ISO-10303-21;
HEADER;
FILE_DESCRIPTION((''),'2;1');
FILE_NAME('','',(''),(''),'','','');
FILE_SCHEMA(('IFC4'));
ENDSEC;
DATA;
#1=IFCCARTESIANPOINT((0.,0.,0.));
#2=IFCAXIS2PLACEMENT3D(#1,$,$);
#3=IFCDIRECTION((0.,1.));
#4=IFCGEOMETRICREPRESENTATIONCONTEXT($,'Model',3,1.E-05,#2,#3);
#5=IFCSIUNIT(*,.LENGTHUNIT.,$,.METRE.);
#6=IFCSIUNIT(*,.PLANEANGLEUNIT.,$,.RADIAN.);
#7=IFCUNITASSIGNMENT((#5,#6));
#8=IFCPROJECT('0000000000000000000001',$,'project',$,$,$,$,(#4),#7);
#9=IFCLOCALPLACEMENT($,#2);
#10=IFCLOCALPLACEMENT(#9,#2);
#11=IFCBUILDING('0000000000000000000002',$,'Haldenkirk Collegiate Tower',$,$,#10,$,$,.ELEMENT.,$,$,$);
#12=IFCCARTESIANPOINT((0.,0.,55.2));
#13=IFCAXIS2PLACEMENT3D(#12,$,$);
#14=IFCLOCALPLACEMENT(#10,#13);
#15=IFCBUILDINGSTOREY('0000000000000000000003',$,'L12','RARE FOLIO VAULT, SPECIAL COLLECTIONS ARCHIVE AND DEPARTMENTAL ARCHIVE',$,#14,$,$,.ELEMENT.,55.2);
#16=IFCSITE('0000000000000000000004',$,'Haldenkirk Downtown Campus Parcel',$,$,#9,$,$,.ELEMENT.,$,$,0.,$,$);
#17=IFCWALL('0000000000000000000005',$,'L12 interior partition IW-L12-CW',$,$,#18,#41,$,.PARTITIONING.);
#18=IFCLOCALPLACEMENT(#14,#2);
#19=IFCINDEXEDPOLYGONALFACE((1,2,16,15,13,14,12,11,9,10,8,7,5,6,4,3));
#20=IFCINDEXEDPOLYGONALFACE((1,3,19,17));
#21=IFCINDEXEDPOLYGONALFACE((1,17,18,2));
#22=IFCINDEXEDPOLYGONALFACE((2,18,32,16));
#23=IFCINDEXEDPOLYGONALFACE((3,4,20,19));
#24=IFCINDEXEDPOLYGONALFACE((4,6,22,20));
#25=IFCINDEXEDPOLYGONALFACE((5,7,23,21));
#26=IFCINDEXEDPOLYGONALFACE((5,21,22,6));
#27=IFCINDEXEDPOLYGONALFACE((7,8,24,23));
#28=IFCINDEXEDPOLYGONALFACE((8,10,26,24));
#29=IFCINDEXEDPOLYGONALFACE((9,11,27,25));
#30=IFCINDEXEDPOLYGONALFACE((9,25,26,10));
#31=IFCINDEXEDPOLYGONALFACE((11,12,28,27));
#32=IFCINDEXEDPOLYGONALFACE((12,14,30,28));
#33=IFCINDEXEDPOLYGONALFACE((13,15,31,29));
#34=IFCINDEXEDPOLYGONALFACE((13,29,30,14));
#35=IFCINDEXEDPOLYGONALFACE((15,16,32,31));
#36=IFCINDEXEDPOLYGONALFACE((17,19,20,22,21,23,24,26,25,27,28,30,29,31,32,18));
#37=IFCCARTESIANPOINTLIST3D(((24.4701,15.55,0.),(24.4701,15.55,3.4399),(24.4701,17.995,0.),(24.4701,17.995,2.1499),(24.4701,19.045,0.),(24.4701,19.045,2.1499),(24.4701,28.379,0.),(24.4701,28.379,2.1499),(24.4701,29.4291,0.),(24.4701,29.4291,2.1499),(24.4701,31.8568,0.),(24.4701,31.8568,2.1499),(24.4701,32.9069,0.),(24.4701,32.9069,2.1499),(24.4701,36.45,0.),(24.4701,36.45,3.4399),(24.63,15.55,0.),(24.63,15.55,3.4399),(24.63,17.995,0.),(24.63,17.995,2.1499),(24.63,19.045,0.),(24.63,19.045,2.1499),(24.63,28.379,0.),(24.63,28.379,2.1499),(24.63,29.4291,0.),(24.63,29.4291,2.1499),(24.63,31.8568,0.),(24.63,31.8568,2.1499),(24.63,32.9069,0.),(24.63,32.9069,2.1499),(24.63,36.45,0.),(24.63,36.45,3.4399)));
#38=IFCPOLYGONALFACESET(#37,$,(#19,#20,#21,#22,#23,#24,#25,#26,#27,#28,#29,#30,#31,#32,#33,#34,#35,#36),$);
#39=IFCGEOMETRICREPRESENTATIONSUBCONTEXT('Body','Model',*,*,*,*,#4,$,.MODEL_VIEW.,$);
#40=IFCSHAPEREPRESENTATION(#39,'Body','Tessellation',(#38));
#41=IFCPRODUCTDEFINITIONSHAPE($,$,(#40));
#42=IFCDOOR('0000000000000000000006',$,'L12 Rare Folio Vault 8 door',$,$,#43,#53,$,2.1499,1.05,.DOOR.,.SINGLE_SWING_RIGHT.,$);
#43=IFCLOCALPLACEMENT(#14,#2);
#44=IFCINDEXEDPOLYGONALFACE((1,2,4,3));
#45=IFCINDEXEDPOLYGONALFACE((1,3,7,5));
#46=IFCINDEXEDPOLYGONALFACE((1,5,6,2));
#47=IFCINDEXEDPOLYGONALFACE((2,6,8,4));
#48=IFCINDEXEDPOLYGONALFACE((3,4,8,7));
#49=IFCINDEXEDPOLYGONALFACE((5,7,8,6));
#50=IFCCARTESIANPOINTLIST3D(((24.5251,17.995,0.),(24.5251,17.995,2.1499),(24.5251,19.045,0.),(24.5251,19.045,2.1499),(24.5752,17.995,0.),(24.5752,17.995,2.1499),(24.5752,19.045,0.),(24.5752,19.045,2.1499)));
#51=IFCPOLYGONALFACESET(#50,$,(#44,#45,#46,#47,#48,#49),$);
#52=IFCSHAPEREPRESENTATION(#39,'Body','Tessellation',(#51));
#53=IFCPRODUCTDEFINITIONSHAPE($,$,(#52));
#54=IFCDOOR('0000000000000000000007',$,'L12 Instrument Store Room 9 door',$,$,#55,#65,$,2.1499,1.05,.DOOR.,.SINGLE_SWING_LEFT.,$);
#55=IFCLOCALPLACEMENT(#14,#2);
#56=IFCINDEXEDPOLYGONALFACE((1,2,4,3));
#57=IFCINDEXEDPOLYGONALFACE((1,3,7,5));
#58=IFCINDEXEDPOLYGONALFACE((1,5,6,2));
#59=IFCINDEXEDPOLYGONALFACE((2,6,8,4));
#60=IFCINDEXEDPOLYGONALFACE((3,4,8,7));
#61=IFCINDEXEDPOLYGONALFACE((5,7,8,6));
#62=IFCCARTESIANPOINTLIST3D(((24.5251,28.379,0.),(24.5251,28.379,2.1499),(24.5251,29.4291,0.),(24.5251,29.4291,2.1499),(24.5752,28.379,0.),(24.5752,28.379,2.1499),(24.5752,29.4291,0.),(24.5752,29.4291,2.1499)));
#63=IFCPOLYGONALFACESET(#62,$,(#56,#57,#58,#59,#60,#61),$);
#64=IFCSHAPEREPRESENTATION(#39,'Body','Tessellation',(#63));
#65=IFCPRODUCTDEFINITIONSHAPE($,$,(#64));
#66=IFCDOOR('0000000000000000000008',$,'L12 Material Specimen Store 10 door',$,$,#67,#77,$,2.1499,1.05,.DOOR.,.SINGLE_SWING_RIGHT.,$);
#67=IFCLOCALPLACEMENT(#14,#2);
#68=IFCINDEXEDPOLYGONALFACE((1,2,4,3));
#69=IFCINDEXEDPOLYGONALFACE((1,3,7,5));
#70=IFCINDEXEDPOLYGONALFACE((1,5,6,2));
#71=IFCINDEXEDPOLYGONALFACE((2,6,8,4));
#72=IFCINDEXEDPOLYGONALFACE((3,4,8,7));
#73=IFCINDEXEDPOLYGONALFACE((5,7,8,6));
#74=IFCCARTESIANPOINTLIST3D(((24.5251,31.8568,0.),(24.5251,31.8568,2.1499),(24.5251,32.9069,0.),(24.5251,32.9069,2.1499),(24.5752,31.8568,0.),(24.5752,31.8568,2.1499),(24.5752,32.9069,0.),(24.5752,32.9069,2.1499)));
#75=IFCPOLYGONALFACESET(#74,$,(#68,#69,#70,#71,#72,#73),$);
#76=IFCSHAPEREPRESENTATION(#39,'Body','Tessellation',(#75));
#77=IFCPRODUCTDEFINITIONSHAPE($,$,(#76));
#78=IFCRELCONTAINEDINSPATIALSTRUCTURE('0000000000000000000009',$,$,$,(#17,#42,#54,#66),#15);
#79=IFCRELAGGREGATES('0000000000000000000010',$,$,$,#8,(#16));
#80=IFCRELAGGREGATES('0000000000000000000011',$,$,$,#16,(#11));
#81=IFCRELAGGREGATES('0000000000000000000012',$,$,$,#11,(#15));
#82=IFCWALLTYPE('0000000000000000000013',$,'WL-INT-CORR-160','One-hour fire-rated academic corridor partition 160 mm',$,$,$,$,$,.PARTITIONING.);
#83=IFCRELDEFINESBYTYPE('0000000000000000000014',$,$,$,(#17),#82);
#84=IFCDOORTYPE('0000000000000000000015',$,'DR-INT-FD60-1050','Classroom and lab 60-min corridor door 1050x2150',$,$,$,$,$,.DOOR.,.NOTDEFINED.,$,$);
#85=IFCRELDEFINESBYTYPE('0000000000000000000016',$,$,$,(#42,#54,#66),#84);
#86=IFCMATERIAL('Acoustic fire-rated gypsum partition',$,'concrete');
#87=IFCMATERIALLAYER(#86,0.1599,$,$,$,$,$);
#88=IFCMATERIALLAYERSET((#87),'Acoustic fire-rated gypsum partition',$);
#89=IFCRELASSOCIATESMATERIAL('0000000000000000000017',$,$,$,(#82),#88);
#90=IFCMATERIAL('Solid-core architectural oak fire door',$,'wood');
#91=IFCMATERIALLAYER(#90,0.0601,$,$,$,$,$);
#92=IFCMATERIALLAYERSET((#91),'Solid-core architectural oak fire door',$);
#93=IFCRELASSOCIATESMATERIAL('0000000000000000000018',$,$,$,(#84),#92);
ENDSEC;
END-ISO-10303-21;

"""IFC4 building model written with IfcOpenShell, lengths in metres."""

from ifc_helpers import new_model, si_unit, direction, frame, frame_2d, origin, place, context, subcontext, project, spatial, rectangle, extrude, material, layer, layer_set, type_object, element, fill, save


model = new_model("IFC4")

# Units and contexts
model_context = context("Model", 3, precision=1e-05, world=origin(), true_north=direction((0.0, 1.0)))
body_context = subcontext(model_context, "Body", "Model", "MODEL_VIEW")
ifc_project = project(units=[si_unit("LENGTHUNIT", "METRE"), si_unit("PLANEANGLEUNIT", "RADIAN")], contexts=[model_context])

# Site, building, storey
site_placement = place(None, origin())
site = spatial("IfcSite", under=ifc_project, at=site_placement, Name="Haldenkirk Downtown Campus Parcel", CompositionType="ELEMENT", RefElevation=0.0)
building_placement = place(site_placement, origin())
building = spatial("IfcBuilding", under=site, at=building_placement, Name="Haldenkirk Collegiate Tower", CompositionType="ELEMENT")
storey_placement = place(building_placement, frame((0.0, 0.0, 55.2)))
storey = spatial("IfcBuildingStorey", under=building, at=storey_placement, Name="L12", Description="RARE FOLIO VAULT, SPECIAL COLLECTIONS ARCHIVE AND DEPARTMENTAL ARCHIVE", CompositionType="ELEMENT", Elevation=55.2)

# Wall, openings, doors
ifc_material_1 = material(Name="Acoustic fire-rated gypsum partition", Category="concrete")
ifc_layer_1 = layer(ifc_material_1, 0.1599)
ifc_layer_set_1 = layer_set([ifc_layer_1], Name="Acoustic fire-rated gypsum partition")
wall_type_1 = type_object("IfcWallType", Name="WL-INT-CORR-160", Description="One-hour fire-rated academic corridor partition 160 mm", PredefinedType="PARTITIONING", material=ifc_layer_set_1)
ifc_material_2 = material(Name="Solid-core architectural oak fire door", Category="wood")
ifc_layer_2 = layer(ifc_material_2, 0.0601)
ifc_layer_set_2 = layer_set([ifc_layer_2], Name="Solid-core architectural oak fire door")
door_type_1 = type_object("IfcDoorType", Name="DR-INT-FD60-1050", Description="Classroom and lab 60-min corridor door 1050x2150", OperationType="NOTDEFINED", PredefinedType="DOOR", material=ifc_layer_set_2)
wall_1_placement = place(storey_placement, frame((24.55, 15.55, 0.0), z_axis=(0.0, 0.0, 1.0), x_axis=(0.0, 1.0, 0.0)))
wall_1 = element("IfcWall", 1, at=wall_1_placement, inside=storey, type_object=wall_type_1, Name="L12 interior partition IW-L12-CW", PredefinedType="PARTITIONING", context=body_context, shape_type="SweptSolid", body=[
    extrude(rectangle(XDim=20.8999, YDim=0.1599, at=frame_2d((10.45, 0.0))), origin(), (0.0, 0.0, 1.0), 3.4399),
])
opening_1_placement = place(wall_1_placement, frame((2.4451, 0.0, 0.0)))
opening_1 = element("IfcOpeningElement", 2, at=opening_1_placement, cuts=wall_1, PredefinedType="OPENING", context=body_context, shape_type="SweptSolid", body=[
    extrude(rectangle(XDim=1.05, YDim=2.1499, at=frame_2d((0.5249, 1.075))), frame((0.0, 0.0898, 0.0), z_axis=(0.0, -1.0, 0.0), x_axis=(1.0, 0.0, 0.0)), (0.0, 0.0, 1.0), 0.1799),
])
opening_2_placement = place(wall_1_placement, frame((12.8291, 0.0, 0.0)))
opening_2 = element("IfcOpeningElement", 3, at=opening_2_placement, cuts=wall_1, PredefinedType="OPENING", context=body_context, shape_type="SweptSolid", body=[
    extrude(rectangle(XDim=1.05, YDim=2.1499, at=frame_2d((0.5249, 1.075))), frame((0.0, 0.0898, 0.0), z_axis=(0.0, -1.0, 0.0), x_axis=(1.0, 0.0, 0.0)), (0.0, 0.0, 1.0), 0.1799),
])
opening_3_placement = place(wall_1_placement, frame((16.3069, 0.0, 0.0)))
opening_3 = element("IfcOpeningElement", 4, at=opening_3_placement, cuts=wall_1, PredefinedType="OPENING", context=body_context, shape_type="SweptSolid", body=[
    extrude(rectangle(XDim=1.05, YDim=2.1499, at=frame_2d((0.5249, 1.075))), frame((0.0, 0.0898, 0.0), z_axis=(0.0, -1.0, 0.0), x_axis=(1.0, 0.0, 0.0)), (0.0, 0.0, 1.0), 0.1799),
])
door_1_placement = place(opening_1_placement, origin())
door_1 = element("IfcDoor", 5, at=door_1_placement, inside=storey, type_object=door_type_1, Name="L12 Rare Folio Vault 8 door", OperationType="SINGLE_SWING_RIGHT", OverallHeight=2.1499, OverallWidth=1.05, PredefinedType="DOOR", context=body_context, shape_type="SweptSolid", body=[
    extrude(rectangle(XDim=1.05, YDim=2.1499, at=frame_2d((0.5249, 1.075))), frame((0.0, 0.0249, 0.0), z_axis=(0.0, -1.0, 0.0), x_axis=(1.0, 0.0, 0.0)), (0.0, 0.0, 1.0), 0.05),
])
fill(opening_1, door_1)
door_2_placement = place(opening_2_placement, origin())
door_2 = element("IfcDoor", 6, at=door_2_placement, inside=storey, type_object=door_type_1, Name="L12 Instrument Store Room 9 door", OperationType="SINGLE_SWING_LEFT", OverallHeight=2.1499, OverallWidth=1.05, PredefinedType="DOOR", context=body_context, shape_type="SweptSolid", body=[
    extrude(rectangle(XDim=1.05, YDim=2.1499, at=frame_2d((0.5249, 1.075))), frame((0.0, 0.0249, 0.0), z_axis=(0.0, -1.0, 0.0), x_axis=(1.0, 0.0, 0.0)), (0.0, 0.0, 1.0), 0.05),
])
fill(opening_2, door_2)
door_3_placement = place(opening_3_placement, origin())
door_3 = element("IfcDoor", 7, at=door_3_placement, inside=storey, type_object=door_type_1, Name="L12 Material Specimen Store 10 door", OperationType="SINGLE_SWING_RIGHT", OverallHeight=2.1499, OverallWidth=1.05, PredefinedType="DOOR", context=body_context, shape_type="SweptSolid", body=[
    extrude(rectangle(XDim=1.05, YDim=2.1499, at=frame_2d((0.5249, 1.075))), frame((0.0, 0.0249, 0.0), z_axis=(0.0, -1.0, 0.0), x_axis=(1.0, 0.0, 0.0)), (0.0, 0.0, 1.0), 0.05),
])
fill(opening_3, door_3)

save(model, "model.ifc")
